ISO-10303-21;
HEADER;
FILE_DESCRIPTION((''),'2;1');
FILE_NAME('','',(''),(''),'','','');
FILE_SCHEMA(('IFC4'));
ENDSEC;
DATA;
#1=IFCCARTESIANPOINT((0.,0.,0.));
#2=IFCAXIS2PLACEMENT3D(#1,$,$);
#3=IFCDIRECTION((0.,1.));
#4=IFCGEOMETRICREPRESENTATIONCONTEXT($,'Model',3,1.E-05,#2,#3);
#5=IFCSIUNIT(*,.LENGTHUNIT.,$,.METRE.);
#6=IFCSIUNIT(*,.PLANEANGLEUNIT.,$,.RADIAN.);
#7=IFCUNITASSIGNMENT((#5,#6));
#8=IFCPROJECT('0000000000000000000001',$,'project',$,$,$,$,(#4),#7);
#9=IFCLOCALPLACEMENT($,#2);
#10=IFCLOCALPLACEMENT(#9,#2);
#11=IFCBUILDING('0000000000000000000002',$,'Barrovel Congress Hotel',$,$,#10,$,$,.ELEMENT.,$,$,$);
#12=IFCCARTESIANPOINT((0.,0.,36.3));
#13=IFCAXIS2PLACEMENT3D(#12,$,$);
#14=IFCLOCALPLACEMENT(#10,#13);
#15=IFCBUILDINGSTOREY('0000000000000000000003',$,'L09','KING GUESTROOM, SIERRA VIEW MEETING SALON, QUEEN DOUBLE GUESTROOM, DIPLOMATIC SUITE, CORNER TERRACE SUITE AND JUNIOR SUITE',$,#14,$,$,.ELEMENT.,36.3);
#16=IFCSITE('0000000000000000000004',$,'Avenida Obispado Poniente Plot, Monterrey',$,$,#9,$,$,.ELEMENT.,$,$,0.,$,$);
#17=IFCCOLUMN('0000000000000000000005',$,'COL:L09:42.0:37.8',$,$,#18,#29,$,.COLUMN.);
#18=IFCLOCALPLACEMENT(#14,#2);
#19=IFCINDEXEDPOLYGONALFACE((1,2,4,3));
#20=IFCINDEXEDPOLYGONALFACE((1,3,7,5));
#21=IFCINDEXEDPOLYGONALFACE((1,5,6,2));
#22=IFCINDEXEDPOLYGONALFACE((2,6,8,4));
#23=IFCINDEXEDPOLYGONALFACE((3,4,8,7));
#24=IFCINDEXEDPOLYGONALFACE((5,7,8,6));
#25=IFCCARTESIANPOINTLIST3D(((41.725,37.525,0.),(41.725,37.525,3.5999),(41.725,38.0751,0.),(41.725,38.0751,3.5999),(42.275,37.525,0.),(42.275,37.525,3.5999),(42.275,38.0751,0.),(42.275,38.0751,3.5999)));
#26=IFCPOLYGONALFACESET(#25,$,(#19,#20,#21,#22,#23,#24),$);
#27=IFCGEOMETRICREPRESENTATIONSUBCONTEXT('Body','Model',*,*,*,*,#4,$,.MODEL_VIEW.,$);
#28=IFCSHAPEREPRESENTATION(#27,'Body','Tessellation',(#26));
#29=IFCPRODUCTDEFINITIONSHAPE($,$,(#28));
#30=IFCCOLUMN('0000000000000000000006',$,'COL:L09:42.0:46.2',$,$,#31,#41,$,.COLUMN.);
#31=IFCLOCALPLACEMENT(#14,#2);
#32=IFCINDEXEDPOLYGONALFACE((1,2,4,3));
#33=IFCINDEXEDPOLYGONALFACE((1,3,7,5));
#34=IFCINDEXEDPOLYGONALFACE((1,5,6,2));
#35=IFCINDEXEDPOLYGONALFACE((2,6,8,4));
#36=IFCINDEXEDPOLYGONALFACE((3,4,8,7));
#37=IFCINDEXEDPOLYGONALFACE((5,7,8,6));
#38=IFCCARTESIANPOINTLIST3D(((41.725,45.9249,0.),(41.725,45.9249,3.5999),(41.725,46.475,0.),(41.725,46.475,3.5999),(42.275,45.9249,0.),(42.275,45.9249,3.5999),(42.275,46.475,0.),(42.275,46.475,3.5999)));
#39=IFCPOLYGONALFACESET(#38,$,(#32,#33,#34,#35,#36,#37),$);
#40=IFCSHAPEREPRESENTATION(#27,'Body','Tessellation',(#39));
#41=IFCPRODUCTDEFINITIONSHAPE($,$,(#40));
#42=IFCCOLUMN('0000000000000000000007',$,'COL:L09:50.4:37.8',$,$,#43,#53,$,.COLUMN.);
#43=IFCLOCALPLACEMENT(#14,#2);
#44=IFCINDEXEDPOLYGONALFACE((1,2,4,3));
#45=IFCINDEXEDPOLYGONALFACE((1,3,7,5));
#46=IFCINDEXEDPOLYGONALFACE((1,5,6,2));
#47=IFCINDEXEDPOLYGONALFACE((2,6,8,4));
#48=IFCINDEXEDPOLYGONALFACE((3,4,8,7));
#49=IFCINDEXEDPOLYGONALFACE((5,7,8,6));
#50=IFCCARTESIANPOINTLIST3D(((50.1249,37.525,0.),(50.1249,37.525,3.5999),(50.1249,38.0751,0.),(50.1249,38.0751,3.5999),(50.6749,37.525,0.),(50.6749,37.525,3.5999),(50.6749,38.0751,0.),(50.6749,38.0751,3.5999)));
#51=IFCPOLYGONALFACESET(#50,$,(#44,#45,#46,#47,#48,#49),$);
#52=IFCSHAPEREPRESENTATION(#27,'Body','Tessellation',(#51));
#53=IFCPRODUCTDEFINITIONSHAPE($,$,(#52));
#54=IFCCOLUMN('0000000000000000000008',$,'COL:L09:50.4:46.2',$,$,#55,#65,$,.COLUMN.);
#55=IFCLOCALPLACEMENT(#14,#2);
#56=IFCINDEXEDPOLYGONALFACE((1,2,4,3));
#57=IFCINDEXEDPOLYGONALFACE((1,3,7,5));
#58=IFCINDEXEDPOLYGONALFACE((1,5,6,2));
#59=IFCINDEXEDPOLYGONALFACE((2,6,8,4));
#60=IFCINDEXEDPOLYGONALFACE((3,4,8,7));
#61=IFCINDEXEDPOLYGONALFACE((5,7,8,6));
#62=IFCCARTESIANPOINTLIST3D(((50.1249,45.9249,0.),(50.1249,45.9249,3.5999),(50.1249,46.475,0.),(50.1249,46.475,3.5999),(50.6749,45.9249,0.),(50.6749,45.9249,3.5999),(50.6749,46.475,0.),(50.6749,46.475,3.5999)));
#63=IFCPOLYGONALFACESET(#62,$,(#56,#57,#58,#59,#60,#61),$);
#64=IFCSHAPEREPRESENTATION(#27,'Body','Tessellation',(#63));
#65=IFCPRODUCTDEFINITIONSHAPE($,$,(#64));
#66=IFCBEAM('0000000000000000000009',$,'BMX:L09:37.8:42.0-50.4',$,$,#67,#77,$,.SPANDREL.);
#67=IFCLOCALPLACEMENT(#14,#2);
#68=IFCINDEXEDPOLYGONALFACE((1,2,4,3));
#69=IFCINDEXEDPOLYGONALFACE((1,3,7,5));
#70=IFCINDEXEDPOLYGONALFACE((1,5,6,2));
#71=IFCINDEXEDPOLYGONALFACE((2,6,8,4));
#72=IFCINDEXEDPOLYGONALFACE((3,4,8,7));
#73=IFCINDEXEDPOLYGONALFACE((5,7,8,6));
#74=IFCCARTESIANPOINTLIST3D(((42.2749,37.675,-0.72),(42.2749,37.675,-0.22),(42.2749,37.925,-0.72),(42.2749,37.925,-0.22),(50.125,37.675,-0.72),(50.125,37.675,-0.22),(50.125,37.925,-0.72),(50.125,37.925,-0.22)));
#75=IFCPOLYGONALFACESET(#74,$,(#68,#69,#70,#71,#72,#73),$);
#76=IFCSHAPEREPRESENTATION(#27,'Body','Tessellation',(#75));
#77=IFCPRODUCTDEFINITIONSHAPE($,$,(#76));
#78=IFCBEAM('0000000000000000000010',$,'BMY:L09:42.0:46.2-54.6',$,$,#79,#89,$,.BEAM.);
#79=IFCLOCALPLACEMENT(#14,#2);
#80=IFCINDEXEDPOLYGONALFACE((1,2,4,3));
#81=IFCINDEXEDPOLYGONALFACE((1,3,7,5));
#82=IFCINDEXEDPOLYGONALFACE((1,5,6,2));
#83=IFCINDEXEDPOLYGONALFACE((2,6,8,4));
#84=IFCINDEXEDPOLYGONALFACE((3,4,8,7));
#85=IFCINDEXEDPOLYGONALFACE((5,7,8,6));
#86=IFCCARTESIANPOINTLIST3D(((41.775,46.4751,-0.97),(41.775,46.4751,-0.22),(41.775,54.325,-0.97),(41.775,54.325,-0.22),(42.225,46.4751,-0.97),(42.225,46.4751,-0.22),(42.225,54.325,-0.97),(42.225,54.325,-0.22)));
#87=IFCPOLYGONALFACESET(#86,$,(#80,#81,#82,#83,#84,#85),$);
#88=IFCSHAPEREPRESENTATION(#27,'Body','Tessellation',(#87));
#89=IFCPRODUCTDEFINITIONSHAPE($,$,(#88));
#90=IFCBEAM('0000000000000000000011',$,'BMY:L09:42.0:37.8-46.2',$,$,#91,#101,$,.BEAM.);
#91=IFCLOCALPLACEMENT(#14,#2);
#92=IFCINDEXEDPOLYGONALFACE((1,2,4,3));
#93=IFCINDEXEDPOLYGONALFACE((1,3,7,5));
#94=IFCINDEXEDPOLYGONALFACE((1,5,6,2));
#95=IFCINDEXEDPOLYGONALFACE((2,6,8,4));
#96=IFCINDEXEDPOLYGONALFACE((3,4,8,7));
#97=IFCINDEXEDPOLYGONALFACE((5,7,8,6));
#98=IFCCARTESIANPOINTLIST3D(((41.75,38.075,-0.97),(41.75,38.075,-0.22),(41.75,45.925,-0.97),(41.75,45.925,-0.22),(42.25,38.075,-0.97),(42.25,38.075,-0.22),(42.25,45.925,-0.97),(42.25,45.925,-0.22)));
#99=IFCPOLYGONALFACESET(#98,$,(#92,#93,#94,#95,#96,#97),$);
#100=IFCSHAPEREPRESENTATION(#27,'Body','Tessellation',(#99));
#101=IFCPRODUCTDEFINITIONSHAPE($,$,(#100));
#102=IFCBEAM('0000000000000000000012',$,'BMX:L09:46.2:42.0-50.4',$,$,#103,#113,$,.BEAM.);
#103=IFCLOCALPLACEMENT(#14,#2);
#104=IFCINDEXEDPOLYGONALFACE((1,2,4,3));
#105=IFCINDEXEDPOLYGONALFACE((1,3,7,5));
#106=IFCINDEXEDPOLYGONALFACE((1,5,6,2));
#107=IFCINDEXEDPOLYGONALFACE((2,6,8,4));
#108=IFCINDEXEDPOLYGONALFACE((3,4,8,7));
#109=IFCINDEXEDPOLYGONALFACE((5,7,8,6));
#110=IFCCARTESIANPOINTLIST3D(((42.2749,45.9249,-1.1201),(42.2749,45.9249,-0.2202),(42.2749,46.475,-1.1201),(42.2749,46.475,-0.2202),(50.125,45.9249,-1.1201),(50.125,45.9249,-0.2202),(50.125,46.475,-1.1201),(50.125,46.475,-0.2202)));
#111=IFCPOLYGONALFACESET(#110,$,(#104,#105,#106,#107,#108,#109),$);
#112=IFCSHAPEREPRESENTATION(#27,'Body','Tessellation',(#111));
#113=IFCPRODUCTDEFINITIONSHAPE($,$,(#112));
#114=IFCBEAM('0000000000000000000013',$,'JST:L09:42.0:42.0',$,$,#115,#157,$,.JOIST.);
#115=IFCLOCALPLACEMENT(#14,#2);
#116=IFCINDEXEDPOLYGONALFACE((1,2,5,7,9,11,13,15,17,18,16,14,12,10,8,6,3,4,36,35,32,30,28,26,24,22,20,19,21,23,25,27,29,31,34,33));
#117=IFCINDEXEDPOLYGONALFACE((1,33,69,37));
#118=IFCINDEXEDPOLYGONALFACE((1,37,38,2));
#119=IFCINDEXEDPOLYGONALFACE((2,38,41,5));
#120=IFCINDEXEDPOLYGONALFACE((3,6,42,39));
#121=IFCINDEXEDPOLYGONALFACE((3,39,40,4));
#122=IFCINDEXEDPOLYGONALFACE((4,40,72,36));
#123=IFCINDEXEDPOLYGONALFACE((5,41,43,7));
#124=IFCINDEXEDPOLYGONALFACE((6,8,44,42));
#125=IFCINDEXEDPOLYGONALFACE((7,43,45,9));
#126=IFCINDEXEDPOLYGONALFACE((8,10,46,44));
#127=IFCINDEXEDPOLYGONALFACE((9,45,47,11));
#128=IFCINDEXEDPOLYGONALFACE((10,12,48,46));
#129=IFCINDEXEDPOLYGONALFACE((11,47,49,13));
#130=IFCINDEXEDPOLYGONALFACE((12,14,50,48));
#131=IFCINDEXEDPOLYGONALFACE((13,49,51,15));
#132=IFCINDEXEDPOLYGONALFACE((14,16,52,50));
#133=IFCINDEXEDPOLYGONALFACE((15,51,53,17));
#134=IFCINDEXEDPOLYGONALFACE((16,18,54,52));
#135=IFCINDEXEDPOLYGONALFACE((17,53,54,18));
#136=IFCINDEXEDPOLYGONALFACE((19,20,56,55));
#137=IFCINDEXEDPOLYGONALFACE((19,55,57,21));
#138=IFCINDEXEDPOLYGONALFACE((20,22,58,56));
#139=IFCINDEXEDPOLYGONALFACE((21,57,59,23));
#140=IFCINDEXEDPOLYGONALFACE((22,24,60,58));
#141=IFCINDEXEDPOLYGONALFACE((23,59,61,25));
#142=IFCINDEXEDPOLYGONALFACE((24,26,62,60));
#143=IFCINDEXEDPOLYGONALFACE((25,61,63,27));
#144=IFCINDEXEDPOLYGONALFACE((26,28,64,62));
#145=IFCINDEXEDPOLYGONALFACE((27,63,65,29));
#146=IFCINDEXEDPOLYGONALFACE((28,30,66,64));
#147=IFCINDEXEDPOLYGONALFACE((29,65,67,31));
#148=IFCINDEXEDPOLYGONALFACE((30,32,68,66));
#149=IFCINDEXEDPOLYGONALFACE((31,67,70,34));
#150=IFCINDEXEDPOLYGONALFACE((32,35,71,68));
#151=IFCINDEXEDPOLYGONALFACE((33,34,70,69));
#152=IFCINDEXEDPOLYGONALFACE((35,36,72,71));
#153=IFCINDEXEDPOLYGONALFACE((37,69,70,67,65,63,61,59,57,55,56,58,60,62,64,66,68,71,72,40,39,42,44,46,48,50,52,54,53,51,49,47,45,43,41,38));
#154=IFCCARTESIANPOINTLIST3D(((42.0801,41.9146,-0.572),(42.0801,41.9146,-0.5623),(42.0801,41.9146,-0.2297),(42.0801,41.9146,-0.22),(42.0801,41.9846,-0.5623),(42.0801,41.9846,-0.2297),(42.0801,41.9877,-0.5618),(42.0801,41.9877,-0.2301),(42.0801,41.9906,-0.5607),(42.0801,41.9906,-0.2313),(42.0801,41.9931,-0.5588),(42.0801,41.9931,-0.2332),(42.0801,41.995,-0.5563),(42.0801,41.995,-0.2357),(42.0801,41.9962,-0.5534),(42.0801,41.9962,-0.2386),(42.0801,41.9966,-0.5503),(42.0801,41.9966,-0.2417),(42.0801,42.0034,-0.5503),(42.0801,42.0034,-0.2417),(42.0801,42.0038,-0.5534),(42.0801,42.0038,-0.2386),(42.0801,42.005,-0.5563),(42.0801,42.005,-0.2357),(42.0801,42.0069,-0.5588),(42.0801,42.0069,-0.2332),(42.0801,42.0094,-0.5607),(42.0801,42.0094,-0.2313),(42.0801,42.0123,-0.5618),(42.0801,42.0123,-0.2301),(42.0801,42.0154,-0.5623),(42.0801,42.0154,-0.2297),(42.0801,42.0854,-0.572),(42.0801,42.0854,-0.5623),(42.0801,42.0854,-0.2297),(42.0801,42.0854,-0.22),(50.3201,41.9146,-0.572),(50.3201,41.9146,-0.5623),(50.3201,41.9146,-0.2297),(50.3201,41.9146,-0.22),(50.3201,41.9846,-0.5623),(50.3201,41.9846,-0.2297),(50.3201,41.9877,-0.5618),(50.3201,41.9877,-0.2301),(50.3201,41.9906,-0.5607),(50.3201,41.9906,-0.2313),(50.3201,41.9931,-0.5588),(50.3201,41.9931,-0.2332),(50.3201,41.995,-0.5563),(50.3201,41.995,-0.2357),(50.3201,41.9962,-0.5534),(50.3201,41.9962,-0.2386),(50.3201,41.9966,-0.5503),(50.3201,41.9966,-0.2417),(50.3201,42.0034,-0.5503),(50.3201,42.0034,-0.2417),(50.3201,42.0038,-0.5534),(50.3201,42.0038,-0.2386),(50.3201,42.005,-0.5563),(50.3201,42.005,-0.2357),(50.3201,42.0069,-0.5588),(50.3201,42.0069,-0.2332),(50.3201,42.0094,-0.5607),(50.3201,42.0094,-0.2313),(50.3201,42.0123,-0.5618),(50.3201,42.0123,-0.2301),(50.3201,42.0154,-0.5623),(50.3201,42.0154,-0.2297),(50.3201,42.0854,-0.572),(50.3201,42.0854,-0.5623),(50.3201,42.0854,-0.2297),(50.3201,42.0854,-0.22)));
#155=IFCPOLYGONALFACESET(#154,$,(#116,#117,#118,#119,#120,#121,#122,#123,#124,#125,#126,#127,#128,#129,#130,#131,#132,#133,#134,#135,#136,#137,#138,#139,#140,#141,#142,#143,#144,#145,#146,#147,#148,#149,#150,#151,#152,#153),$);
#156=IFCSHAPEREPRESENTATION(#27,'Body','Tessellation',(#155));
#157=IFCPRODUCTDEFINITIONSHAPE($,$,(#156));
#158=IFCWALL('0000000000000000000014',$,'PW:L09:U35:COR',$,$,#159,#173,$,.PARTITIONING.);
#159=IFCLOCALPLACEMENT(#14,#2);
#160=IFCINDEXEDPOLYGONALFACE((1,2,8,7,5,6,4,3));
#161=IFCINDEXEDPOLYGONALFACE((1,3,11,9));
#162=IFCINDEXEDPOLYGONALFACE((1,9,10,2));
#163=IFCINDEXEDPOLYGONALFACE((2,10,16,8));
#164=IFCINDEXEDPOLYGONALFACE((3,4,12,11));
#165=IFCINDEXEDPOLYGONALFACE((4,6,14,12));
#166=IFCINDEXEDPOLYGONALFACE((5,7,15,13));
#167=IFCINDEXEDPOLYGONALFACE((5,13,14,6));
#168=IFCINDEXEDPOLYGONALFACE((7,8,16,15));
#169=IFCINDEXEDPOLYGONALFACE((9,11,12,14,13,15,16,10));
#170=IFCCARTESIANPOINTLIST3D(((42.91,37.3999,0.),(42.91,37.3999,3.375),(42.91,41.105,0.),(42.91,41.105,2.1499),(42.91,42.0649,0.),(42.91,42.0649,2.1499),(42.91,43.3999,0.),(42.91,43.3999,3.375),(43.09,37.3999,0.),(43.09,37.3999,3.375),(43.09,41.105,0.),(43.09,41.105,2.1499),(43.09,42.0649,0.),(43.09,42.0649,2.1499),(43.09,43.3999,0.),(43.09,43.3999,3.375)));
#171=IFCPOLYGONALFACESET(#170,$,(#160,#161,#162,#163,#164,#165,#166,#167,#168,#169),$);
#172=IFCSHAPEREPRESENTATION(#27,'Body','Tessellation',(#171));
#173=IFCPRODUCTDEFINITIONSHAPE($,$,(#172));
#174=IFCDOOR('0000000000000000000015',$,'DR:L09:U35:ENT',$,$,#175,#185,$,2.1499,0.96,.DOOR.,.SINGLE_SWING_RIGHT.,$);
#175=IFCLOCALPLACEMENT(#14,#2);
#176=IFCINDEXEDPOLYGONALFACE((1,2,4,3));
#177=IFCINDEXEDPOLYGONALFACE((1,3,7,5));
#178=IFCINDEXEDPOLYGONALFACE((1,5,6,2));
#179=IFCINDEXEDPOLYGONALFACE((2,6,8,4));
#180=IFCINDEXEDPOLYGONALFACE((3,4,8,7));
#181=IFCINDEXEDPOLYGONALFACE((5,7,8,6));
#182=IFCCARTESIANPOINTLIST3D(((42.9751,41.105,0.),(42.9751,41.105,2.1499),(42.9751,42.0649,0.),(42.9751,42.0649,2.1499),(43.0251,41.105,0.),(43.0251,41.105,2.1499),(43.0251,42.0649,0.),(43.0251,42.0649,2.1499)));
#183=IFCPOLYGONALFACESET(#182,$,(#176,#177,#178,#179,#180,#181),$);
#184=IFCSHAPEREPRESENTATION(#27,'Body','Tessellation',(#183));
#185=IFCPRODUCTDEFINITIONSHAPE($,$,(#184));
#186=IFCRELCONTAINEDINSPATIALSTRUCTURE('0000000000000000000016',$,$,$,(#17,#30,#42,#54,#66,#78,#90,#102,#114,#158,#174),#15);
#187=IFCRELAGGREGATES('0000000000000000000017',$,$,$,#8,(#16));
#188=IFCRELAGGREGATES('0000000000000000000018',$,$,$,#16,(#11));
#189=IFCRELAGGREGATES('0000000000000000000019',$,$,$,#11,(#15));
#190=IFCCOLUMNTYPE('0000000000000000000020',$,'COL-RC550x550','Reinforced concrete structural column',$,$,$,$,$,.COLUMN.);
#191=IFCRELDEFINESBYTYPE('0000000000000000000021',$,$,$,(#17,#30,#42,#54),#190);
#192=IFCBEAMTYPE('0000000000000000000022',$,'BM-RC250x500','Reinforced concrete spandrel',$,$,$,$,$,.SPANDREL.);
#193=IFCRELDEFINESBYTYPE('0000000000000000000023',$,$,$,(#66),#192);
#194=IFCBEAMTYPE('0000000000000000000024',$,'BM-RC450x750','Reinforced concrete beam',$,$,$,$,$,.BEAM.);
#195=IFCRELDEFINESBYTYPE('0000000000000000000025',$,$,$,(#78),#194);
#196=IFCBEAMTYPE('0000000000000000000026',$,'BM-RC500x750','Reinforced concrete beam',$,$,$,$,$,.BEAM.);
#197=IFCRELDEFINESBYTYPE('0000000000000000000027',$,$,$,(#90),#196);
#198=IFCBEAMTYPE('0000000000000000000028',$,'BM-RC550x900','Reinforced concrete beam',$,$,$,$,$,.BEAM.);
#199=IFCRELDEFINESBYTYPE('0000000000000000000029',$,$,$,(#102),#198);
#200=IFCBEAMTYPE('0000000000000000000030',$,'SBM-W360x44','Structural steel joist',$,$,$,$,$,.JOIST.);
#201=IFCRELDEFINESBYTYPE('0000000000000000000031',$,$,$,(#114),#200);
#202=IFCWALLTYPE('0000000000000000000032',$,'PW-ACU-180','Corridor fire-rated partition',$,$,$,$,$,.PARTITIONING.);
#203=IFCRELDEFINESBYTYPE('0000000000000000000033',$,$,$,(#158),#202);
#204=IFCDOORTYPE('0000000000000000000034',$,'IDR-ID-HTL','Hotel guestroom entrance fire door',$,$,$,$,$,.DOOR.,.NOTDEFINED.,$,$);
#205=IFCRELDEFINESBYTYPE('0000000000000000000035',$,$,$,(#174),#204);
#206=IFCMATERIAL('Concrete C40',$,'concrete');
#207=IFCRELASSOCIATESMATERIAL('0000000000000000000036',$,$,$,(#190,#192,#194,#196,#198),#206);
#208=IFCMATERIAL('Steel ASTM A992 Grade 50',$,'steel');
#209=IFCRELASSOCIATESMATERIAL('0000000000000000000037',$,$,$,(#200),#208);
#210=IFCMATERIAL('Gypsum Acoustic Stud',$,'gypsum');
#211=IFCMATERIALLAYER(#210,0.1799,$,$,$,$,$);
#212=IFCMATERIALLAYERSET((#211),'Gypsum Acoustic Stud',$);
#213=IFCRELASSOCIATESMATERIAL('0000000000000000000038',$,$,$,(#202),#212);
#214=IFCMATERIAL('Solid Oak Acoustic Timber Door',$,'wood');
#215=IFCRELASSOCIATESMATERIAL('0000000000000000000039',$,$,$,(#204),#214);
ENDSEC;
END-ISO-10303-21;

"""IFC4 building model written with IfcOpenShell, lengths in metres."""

from ifc_helpers import new_model, si_unit, direction, frame, frame_2d, origin, origin_2d, place, context, subcontext, project, spatial, rectangle, i_section, extrude, material, layer, layer_set, material_profile, profile_set, type_object, element, fill, save


model = new_model("IFC4")

# Units and contexts
model_context = context("Model", 3, precision=1e-05, world=origin(), true_north=direction((0.0, 1.0)))
body_context = subcontext(model_context, "Body", "Model", "MODEL_VIEW")
ifc_project = project(units=[si_unit("LENGTHUNIT", "METRE"), si_unit("PLANEANGLEUNIT", "RADIAN")], contexts=[model_context])

# Site, building, storey
site_placement = place(None, origin())
site = spatial("IfcSite", under=ifc_project, at=site_placement, Name="Avenida Obispado Poniente Plot, Monterrey", CompositionType="ELEMENT", RefElevation=0.0)
building_placement = place(site_placement, origin())
building = spatial("IfcBuilding", under=site, at=building_placement, Name="Barrovel Congress Hotel", CompositionType="ELEMENT")
storey_placement = place(building_placement, frame((0.0, 0.0, 36.3)))
storey = spatial("IfcBuildingStorey", under=building, at=storey_placement, Name="L09", Description="KING GUESTROOM, SIERRA VIEW MEETING SALON, QUEEN DOUBLE GUESTROOM, DIPLOMATIC SUITE, CORNER TERRACE SUITE AND JUNIOR SUITE", CompositionType="ELEMENT", Elevation=36.3)

# Columns
ifc_material_1 = material(Name="Concrete C40", Category="concrete")
ifc_material_profile_1 = material_profile(ifc_material_1, rectangle(XDim=0.55, YDim=0.55, at=origin_2d()), Name="RC550x550")
ifc_profile_set_1 = profile_set([ifc_material_profile_1], Name="Concrete C40")
column_type = type_object("IfcColumnType", Name="COL-RC550x550", Description="Reinforced concrete structural column", PredefinedType="COLUMN", material=ifc_profile_set_1)
for number, where, z_axis, x_axis, name in (
    (1, (42.0, 37.8, 0.0), (0.0, 0.0, 1.0), (1.0, 0.0, 0.0), "COL:L09:42.0:37.8"),
    (2, (42.0, 46.2, 0.0), (0.0, 0.0, 1.0), (1.0, 0.0, 0.0), "COL:L09:42.0:46.2"),
    (3, (50.3999, 37.8, 0.0), (0.0, 0.0, 1.0), (1.0, 0.0, 0.0), "COL:L09:50.4:37.8"),
    (4, (50.3999, 46.2, 0.0), (0.0, 0.0, 1.0), (1.0, 0.0, 0.0), "COL:L09:50.4:46.2"),
):
    element("IfcColumn", number, at=place(storey_placement, frame(where, z_axis=z_axis, x_axis=x_axis)), inside=storey, type_object=column_type, Name=name, PredefinedType="COLUMN", context=body_context, shape_type="SweptSolid", body=[
        extrude(rectangle(XDim=0.55, YDim=0.55, at=origin_2d()), origin(), (0.0, 0.0, 1.0), 3.5999),
    ])

# Beams
ifc_material_profile_2 = material_profile(ifc_material_1, rectangle(XDim=0.25, YDim=0.5, at=origin_2d()), Name="RC250x500")
ifc_profile_set_2 = profile_set([ifc_material_profile_2], Name="Concrete C40")
beam_type_1 = type_object("IfcBeamType", Name="BM-RC250x500", Description="Reinforced concrete spandrel", PredefinedType="SPANDREL", material=ifc_profile_set_2)
beam_1_placement = place(storey_placement, frame((42.2749, 37.8, -0.47), z_axis=(1.0, 0.0, 0.0), x_axis=(0.0, 1.0, 0.0)))
element("IfcBeam", 5, at=beam_1_placement, inside=storey, type_object=beam_type_1, Name="BMX:L09:37.8:42.0-50.4", PredefinedType="SPANDREL", context=body_context, shape_type="SweptSolid", body=[
    extrude(rectangle(XDim=0.25, YDim=0.5, at=origin_2d()), origin(), (0.0, 0.0, 1.0), 7.8501),
])
ifc_material_profile_3 = material_profile(ifc_material_1, rectangle(XDim=0.45, YDim=0.75, at=origin_2d()), Name="RC450x750")
ifc_profile_set_3 = profile_set([ifc_material_profile_3], Name="Concrete C40")
beam_type_2 = type_object("IfcBeamType", Name="BM-RC450x750", Description="Reinforced concrete beam", PredefinedType="BEAM", material=ifc_profile_set_3)
beam_2_placement = place(storey_placement, frame((42.0, 46.4751, -0.595), z_axis=(0.0, 1.0, 0.0), x_axis=(-1.0, 0.0, 0.0)))
element("IfcBeam", 6, at=beam_2_placement, inside=storey, type_object=beam_type_2, Name="BMY:L09:42.0:46.2-54.6", PredefinedType="BEAM", context=body_context, shape_type="SweptSolid", body=[
    extrude(rectangle(XDim=0.45, YDim=0.75, at=origin_2d()), origin(), (0.0, 0.0, 1.0), 7.8499),
])
ifc_material_profile_4 = material_profile(ifc_material_1, rectangle(XDim=0.5, YDim=0.75, at=origin_2d()), Name="RC500x750")
ifc_profile_set_4 = profile_set([ifc_material_profile_4], Name="Concrete C40")
beam_type_3 = type_object("IfcBeamType", Name="BM-RC500x750", Description="Reinforced concrete beam", PredefinedType="BEAM", material=ifc_profile_set_4)
beam_3_placement = place(storey_placement, frame((42.0, 38.075, -0.595), z_axis=(0.0, 1.0, 0.0), x_axis=(-1.0, 0.0, 0.0)))
element("IfcBeam", 7, at=beam_3_placement, inside=storey, type_object=beam_type_3, Name="BMY:L09:42.0:37.8-46.2", PredefinedType="BEAM", context=body_context, shape_type="SweptSolid", body=[
    extrude(rectangle(XDim=0.5, YDim=0.75, at=origin_2d()), origin(), (0.0, 0.0, 1.0), 7.8501),
])
ifc_material_profile_5 = material_profile(ifc_material_1, rectangle(XDim=0.55, YDim=0.8999, at=origin_2d()), Name="RC550x900")
ifc_profile_set_5 = profile_set([ifc_material_profile_5], Name="Concrete C40")
beam_type_4 = type_object("IfcBeamType", Name="BM-RC550x900", Description="Reinforced concrete beam", PredefinedType="BEAM", material=ifc_profile_set_5)
beam_4_placement = place(storey_placement, frame((42.2749, 46.2, -0.6702), z_axis=(1.0, 0.0, 0.0), x_axis=(0.0, 1.0, 0.0)))
element("IfcBeam", 8, at=beam_4_placement, inside=storey, type_object=beam_type_4, Name="BMX:L09:46.2:42.0-50.4", PredefinedType="BEAM", context=body_context, shape_type="SweptSolid", body=[
    extrude(rectangle(XDim=0.55, YDim=0.8999, at=origin_2d()), origin(), (0.0, 0.0, 1.0), 7.8501),
])
ifc_material_2 = material(Name="Steel ASTM A992 Grade 50", Category="steel")
ifc_material_profile_6 = material_profile(ifc_material_2, i_section(OverallWidth=0.1709, OverallDepth=0.3521, WebThickness=0.0068, FlangeThickness=0.0098, FilletRadius=0.012, at=origin_2d()), Name="W360x44")
ifc_profile_set_6 = profile_set([ifc_material_profile_6], Name="Steel ASTM A992 Grade 50")
beam_type_5 = type_object("IfcBeamType", Name="SBM-W360x44", Description="Structural steel joist", PredefinedType="JOIST", material=ifc_profile_set_6)
beam_5_placement = place(storey_placement, frame((42.0801, 42.0, -0.396), z_axis=(1.0, 0.0, 0.0), x_axis=(0.0, 1.0, 0.0)))
element("IfcBeam", 9, at=beam_5_placement, inside=storey, type_object=beam_type_5, Name="JST:L09:42.0:42.0", PredefinedType="JOIST", context=body_context, shape_type="SweptSolid", body=[
    extrude(i_section(OverallWidth=0.1709, OverallDepth=0.3521, WebThickness=0.0068, FlangeThickness=0.0098, FilletRadius=0.012, at=origin_2d()), origin(), (0.0, 0.0, 1.0), 8.24),
])

# Wall, opening, door
ifc_material_3 = material(Name="Gypsum Acoustic Stud", Category="gypsum")
ifc_layer_1 = layer(ifc_material_3, 0.1799)
ifc_layer_set_1 = layer_set([ifc_layer_1], Name="Gypsum Acoustic Stud")
wall_type_1 = type_object("IfcWallType", Name="PW-ACU-180", Description="Corridor fire-rated partition", PredefinedType="PARTITIONING", material=ifc_layer_set_1)
wall_1_placement = place(storey_placement, frame((43.0, 37.3999, 0.0), z_axis=(0.0, 0.0, 1.0), x_axis=(0.0, 1.0, 0.0)))
wall_1 = element("IfcWall", 10, at=wall_1_placement, inside=storey, type_object=wall_type_1, Name="PW:L09:U35:COR", PredefinedType="PARTITIONING", context=body_context, shape_type="SweptSolid", body=[
    extrude(rectangle(XDim=6.0, YDim=0.1799, at=frame_2d((3.0, 0.0))), origin(), (0.0, 0.0, 1.0), 3.375),
])
opening_1_placement = place(wall_1_placement, frame((3.7051, 0.0, 0.0)))
opening_1 = element("IfcOpeningElement", 11, at=opening_1_placement, cuts=wall_1, PredefinedType="OPENING", context=body_context, shape_type="SweptSolid", body=[
    extrude(rectangle(XDim=0.96, YDim=2.1499, at=frame_2d((0.48, 1.075))), frame((0.0, 0.1001, 0.0), z_axis=(0.0, -1.0, 0.0), x_axis=(1.0, 0.0, 0.0)), (0.0, 0.0, 1.0), 0.2),
])
ifc_material_4 = material(Name="Solid Oak Acoustic Timber Door", Category="wood")
door_type_1 = type_object("IfcDoorType", Name="IDR-ID-HTL", Description="Hotel guestroom entrance fire door", OperationType="NOTDEFINED", PredefinedType="DOOR", material=ifc_material_4)
door_1_placement = place(opening_1_placement, origin())
door_1 = element("IfcDoor", 12, at=door_1_placement, inside=storey, type_object=door_type_1, Name="DR:L09:U35:ENT", OperationType="SINGLE_SWING_RIGHT", OverallHeight=2.1499, OverallWidth=0.96, PredefinedType="DOOR", context=body_context, shape_type="SweptSolid", body=[
    extrude(rectangle(XDim=0.96, YDim=2.1499, at=frame_2d((0.48, 1.075))), frame((0.0, 0.0249, 0.0), z_axis=(0.0, -1.0, 0.0), x_axis=(1.0, 0.0, 0.0)), (0.0, 0.0, 1.0), 0.05),
])
fill(opening_1, door_1)

save(model, "model.ifc")
